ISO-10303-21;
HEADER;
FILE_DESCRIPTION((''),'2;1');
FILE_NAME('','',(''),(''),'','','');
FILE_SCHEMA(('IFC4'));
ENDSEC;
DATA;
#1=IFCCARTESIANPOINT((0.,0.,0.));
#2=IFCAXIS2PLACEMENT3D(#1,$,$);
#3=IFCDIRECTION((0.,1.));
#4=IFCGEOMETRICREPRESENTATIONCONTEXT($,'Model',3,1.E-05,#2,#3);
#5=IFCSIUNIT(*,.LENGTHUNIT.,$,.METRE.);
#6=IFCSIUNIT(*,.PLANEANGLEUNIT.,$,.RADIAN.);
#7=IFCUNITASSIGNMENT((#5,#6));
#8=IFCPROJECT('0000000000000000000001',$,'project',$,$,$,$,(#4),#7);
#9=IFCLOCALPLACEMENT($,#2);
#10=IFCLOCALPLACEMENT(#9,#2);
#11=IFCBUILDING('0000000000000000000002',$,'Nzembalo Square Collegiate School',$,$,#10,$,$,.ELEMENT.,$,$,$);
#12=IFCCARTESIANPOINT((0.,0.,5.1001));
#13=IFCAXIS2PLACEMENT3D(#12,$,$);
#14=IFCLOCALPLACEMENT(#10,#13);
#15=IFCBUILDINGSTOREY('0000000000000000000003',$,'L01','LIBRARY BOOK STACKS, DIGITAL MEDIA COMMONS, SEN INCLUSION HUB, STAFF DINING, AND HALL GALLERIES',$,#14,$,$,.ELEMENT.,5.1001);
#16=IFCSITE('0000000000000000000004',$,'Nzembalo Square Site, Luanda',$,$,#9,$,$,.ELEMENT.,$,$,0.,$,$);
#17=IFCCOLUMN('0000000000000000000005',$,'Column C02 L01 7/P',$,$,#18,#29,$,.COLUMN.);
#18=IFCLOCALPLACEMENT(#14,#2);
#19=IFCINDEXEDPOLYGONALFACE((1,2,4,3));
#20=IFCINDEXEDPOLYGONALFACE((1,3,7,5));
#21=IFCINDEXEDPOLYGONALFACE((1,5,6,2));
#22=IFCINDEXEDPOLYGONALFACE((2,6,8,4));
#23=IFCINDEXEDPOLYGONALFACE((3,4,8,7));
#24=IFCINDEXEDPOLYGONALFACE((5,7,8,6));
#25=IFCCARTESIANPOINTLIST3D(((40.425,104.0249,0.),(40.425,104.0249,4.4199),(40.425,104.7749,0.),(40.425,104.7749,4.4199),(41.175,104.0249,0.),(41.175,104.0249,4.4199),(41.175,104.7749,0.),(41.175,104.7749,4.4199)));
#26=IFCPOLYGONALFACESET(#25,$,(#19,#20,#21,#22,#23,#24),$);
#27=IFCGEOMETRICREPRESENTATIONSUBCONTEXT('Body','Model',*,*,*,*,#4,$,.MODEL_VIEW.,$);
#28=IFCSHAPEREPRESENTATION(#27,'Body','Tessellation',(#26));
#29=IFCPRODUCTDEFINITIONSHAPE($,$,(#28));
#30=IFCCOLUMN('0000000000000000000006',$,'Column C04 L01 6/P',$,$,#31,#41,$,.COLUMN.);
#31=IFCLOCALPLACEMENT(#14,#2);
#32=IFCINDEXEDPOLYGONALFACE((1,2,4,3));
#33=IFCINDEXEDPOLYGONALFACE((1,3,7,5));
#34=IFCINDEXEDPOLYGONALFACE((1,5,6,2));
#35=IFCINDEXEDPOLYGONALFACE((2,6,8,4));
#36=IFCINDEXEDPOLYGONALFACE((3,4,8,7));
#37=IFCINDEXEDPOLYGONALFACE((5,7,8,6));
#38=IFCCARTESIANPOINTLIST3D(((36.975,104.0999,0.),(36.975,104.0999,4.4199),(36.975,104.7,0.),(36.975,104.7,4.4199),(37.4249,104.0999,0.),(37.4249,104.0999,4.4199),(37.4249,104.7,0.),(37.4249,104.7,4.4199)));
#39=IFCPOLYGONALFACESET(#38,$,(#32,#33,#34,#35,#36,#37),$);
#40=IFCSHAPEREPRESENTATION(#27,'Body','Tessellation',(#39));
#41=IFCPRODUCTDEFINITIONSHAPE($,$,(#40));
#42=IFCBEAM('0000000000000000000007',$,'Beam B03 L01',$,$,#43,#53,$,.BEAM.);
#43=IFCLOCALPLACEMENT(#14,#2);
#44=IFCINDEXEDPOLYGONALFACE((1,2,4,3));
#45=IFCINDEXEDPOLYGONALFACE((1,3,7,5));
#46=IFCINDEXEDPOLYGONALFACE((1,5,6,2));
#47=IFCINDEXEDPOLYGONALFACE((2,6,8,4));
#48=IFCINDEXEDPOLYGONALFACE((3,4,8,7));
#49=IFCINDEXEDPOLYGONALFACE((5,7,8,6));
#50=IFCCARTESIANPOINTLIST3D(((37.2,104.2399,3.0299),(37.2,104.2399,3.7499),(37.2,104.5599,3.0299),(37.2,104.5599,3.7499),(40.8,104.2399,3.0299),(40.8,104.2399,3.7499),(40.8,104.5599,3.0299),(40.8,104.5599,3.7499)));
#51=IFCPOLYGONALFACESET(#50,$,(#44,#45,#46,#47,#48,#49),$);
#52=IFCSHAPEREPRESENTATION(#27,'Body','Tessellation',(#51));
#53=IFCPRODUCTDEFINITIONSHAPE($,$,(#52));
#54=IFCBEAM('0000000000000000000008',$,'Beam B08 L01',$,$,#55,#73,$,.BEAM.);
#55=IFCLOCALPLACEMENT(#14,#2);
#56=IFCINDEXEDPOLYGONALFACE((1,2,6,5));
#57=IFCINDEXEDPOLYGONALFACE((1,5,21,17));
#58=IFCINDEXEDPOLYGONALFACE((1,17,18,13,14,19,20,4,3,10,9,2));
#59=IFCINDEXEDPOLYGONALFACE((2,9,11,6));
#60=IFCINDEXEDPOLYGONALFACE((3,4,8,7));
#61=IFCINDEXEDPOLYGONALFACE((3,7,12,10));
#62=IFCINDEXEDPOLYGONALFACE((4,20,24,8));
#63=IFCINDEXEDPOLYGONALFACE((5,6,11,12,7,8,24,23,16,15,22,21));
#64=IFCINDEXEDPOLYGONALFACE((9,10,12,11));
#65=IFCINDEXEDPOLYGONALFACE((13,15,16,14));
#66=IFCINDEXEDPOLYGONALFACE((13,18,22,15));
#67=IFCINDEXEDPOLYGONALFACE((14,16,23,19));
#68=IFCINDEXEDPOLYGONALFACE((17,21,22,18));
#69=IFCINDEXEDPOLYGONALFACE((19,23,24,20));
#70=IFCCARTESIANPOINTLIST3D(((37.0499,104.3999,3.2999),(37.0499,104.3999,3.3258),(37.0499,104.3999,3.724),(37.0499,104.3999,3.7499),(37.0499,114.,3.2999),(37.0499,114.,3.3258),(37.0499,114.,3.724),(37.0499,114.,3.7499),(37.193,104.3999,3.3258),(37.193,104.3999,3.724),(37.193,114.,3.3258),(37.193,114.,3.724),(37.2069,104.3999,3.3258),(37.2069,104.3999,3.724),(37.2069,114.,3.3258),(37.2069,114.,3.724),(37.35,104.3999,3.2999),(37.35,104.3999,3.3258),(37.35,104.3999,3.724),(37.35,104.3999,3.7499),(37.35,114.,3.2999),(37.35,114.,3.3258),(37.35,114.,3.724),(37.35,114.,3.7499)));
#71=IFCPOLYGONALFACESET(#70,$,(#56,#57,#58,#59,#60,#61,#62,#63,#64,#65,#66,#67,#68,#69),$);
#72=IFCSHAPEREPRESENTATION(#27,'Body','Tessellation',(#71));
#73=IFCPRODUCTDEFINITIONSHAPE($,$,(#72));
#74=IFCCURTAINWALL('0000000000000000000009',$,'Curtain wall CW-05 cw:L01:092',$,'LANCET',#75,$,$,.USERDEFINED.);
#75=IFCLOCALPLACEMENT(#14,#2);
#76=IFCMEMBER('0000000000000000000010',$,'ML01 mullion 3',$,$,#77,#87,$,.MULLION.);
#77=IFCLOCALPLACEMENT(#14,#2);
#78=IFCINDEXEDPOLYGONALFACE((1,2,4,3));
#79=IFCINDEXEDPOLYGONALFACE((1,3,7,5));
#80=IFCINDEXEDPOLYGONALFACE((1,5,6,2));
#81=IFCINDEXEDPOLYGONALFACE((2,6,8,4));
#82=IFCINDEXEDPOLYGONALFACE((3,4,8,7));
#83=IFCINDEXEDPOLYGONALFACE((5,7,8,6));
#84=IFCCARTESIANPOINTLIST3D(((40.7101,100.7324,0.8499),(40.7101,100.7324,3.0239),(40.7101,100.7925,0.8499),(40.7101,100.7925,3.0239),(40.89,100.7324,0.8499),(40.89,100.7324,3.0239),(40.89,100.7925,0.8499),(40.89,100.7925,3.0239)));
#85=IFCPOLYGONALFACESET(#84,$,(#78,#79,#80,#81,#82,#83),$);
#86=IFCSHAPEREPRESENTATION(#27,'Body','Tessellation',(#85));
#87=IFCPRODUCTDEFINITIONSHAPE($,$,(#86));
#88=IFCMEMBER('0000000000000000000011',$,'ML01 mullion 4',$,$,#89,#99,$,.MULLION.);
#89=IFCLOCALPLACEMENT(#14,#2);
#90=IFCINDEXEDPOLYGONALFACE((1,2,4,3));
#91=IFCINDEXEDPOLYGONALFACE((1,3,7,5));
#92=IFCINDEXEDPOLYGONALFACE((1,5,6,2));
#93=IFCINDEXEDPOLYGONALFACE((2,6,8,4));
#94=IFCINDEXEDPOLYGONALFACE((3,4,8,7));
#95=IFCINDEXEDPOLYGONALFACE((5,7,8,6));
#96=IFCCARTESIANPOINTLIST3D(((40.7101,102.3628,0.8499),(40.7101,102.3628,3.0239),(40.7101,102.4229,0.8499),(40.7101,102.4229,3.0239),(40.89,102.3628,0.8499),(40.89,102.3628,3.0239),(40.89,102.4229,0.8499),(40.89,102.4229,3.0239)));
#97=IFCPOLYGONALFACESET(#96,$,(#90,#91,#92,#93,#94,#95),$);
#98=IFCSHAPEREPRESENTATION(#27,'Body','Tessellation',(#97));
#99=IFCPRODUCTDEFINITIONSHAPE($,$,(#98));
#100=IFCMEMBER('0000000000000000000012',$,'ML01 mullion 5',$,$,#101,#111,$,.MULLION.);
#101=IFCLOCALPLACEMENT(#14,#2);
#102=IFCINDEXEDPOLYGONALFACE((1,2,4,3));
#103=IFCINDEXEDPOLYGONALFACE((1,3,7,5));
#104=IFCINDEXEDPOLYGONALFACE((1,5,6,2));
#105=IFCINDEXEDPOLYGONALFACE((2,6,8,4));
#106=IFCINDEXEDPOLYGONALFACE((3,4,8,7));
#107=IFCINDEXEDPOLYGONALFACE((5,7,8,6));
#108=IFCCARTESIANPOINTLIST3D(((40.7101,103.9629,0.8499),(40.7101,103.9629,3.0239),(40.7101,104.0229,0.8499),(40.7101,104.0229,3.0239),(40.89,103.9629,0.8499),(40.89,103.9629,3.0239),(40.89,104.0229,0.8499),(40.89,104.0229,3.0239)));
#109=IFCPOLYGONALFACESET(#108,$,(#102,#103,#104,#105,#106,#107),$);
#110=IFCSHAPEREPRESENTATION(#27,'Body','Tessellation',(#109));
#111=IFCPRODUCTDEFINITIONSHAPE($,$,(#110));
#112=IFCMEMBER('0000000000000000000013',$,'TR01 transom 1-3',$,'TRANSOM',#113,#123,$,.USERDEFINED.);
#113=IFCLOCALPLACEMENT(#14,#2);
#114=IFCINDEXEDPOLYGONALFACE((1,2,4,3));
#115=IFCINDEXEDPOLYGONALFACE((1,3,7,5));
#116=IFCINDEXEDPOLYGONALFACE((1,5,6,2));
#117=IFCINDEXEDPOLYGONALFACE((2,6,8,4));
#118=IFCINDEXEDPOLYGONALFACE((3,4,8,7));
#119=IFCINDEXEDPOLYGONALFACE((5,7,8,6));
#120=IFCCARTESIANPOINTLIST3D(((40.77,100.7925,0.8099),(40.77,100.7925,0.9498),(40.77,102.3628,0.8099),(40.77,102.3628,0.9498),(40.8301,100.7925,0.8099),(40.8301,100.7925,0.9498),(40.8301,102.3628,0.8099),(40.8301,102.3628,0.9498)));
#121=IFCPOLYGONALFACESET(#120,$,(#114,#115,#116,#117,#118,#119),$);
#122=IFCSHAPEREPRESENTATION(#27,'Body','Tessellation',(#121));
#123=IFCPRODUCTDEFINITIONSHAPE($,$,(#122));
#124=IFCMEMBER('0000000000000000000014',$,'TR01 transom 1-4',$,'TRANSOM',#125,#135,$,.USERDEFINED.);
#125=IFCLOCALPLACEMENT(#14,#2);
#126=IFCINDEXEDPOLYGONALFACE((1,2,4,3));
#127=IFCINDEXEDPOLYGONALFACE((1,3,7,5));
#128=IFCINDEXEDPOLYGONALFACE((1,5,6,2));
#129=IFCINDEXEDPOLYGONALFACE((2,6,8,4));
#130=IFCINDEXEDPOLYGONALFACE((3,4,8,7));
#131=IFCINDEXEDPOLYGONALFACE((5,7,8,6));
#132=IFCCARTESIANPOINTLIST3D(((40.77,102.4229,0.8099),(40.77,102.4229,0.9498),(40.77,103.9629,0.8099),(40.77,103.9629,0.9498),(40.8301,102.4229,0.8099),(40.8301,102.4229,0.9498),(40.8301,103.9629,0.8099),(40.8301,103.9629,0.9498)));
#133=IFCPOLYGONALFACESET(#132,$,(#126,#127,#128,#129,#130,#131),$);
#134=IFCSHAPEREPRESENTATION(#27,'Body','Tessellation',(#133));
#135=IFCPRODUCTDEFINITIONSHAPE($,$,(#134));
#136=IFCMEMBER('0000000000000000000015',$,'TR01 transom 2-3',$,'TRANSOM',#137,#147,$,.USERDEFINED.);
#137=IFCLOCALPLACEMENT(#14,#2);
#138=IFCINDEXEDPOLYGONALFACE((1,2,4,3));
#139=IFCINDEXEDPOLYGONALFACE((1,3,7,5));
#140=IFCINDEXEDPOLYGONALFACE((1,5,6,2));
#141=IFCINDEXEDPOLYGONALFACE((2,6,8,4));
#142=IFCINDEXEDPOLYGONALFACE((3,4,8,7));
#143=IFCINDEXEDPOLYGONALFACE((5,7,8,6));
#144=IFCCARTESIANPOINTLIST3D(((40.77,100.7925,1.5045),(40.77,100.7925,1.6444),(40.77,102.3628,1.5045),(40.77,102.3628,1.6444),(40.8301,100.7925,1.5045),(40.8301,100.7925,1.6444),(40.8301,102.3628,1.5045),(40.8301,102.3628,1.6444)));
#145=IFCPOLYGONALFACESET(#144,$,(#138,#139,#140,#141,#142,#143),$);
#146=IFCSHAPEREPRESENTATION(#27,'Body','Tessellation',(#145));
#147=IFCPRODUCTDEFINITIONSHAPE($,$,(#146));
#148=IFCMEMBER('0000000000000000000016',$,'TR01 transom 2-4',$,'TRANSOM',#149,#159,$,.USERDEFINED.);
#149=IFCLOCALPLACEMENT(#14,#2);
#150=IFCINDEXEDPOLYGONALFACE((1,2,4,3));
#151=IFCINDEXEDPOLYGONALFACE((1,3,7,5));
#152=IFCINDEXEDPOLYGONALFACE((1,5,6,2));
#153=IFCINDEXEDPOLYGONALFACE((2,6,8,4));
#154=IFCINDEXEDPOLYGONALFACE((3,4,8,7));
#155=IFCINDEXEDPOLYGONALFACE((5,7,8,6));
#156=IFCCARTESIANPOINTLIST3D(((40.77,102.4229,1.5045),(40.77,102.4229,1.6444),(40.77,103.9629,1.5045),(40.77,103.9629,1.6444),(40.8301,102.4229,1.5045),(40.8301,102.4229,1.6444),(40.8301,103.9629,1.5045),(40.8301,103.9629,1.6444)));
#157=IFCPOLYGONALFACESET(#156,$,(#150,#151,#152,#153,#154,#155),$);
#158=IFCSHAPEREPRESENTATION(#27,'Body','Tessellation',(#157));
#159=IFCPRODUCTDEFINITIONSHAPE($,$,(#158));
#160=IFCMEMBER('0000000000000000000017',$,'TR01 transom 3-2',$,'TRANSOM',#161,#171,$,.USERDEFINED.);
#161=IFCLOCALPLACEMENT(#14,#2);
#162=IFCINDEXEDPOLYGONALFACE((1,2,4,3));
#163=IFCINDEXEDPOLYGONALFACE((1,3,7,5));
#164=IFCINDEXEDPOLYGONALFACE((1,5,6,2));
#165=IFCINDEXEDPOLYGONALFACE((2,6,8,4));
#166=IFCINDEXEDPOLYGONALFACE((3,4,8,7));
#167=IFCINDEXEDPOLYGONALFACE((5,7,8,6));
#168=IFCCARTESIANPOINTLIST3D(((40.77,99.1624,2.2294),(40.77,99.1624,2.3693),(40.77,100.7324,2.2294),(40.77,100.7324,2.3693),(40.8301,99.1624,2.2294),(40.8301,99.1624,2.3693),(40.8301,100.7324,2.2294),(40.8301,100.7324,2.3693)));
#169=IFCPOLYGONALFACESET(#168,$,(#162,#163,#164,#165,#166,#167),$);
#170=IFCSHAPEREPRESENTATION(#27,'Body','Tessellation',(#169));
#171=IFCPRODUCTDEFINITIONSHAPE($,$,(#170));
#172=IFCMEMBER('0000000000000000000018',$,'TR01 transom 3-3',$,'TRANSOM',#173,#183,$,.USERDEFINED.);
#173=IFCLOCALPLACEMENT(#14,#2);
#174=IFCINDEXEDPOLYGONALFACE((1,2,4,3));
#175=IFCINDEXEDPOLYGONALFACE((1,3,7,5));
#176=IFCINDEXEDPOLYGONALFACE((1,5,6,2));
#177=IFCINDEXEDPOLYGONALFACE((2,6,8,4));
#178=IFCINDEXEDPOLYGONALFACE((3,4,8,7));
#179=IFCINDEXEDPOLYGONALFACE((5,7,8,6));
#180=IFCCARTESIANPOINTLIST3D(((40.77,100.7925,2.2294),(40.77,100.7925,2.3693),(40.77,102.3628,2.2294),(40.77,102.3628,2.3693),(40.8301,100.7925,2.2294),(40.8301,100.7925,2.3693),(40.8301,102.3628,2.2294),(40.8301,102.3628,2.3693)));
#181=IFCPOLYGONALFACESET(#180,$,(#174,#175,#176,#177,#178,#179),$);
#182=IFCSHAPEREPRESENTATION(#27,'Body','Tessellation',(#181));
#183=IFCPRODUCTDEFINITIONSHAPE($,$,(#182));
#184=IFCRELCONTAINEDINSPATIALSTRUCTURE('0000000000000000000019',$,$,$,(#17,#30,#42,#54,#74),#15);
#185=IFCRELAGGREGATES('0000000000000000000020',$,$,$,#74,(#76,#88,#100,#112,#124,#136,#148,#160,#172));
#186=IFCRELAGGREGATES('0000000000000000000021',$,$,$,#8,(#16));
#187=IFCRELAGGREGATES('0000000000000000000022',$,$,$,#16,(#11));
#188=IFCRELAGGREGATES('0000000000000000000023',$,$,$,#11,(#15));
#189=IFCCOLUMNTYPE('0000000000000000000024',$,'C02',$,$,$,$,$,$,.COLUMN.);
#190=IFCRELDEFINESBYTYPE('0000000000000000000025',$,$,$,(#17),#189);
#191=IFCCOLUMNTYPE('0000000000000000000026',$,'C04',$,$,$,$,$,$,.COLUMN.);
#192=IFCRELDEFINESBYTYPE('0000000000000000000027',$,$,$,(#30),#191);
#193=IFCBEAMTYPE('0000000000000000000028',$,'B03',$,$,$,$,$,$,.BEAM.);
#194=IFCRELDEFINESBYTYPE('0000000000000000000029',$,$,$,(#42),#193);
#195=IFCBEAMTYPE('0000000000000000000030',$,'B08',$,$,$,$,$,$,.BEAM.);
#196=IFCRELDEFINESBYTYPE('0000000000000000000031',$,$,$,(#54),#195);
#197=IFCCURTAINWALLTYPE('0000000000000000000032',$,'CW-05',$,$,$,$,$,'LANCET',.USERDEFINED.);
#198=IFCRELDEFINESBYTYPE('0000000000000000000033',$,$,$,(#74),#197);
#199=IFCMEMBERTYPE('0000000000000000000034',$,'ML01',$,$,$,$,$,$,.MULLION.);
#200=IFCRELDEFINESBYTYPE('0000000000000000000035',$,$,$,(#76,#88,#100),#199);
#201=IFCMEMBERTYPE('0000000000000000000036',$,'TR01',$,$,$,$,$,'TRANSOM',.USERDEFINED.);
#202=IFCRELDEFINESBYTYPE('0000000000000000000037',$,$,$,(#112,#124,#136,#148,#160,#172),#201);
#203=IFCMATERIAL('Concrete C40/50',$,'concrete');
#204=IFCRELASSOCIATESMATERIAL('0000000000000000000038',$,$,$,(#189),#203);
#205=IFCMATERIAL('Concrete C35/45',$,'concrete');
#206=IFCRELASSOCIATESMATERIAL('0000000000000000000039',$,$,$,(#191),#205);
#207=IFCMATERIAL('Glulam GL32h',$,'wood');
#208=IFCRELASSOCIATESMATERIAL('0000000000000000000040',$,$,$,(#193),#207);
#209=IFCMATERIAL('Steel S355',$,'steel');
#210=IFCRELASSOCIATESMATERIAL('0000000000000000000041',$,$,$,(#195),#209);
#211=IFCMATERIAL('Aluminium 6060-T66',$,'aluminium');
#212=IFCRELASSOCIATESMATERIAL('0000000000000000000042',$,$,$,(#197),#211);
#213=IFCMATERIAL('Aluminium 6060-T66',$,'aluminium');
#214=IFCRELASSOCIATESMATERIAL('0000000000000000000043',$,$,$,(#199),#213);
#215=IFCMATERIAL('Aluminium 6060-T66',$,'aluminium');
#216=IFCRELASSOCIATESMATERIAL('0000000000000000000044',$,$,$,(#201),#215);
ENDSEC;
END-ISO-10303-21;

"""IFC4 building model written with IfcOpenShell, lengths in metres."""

from ifc_helpers import new_model, si_unit, direction, frame, origin, origin_2d, place, context, subcontext, project, spatial, rectangle, i_section, extrude, material, material_profile, profile_set, type_object, element, aggregate, save


model = new_model("IFC4")

# Units and contexts
model_context = context("Model", 3, precision=1e-05, world=origin(), true_north=direction((0.0, 1.0)))
body_context = subcontext(model_context, "Body", "Model", "MODEL_VIEW")
ifc_project = project(units=[si_unit("LENGTHUNIT", "METRE"), si_unit("PLANEANGLEUNIT", "RADIAN")], contexts=[model_context])

# Site, building, storey
site_placement = place(None, origin())
site = spatial("IfcSite", under=ifc_project, at=site_placement, Name="Nzembalo Square Site, Luanda", CompositionType="ELEMENT", RefElevation=0.0)
building_placement = place(site_placement, origin())
building = spatial("IfcBuilding", under=site, at=building_placement, Name="Nzembalo Square Collegiate School", CompositionType="ELEMENT")
storey_placement = place(building_placement, frame((0.0, 0.0, 5.1001)))
storey = spatial("IfcBuildingStorey", under=building, at=storey_placement, Name="L01", Description="LIBRARY BOOK STACKS, DIGITAL MEDIA COMMONS, SEN INCLUSION HUB, STAFF DINING, AND HALL GALLERIES", CompositionType="ELEMENT", Elevation=5.1001)

# Columns
ifc_material_1 = material(Name="Concrete C40/50", Category="concrete")
ifc_material_profile_1 = material_profile(ifc_material_1, rectangle(XDim=0.75, YDim=0.75, at=origin_2d()), Name="RC 750x750")
ifc_profile_set_1 = profile_set([ifc_material_profile_1], Name="Concrete C40/50")
column_type_1 = type_object("IfcColumnType", Name="C02", PredefinedType="COLUMN", material=ifc_profile_set_1)
column_1_placement = place(storey_placement, frame((40.8, 104.3999, 0.0), z_axis=(0.0, 0.0, 1.0), x_axis=(1.0, 0.0, 0.0)))
element("IfcColumn", 1, at=column_1_placement, inside=storey, type_object=column_type_1, Name="Column C02 L01 7/P", PredefinedType="COLUMN", context=body_context, shape_type="SweptSolid", body=[
    extrude(rectangle(XDim=0.75, YDim=0.75, at=origin_2d()), origin(), (0.0, 0.0, 1.0), 4.4199),
])
ifc_material_2 = material(Name="Concrete C35/45", Category="concrete")
ifc_material_profile_2 = material_profile(ifc_material_2, rectangle(XDim=0.45, YDim=0.6001, at=origin_2d()), Name="RC 450x600")
ifc_profile_set_2 = profile_set([ifc_material_profile_2], Name="Concrete C35/45")
column_type_2 = type_object("IfcColumnType", Name="C04", PredefinedType="COLUMN", material=ifc_profile_set_2)
column_2_placement = place(storey_placement, frame((37.2, 104.3999, 0.0), z_axis=(0.0, 0.0, 1.0), x_axis=(1.0, 0.0, 0.0)))
element("IfcColumn", 2, at=column_2_placement, inside=storey, type_object=column_type_2, Name="Column C04 L01 6/P", PredefinedType="COLUMN", context=body_context, shape_type="SweptSolid", body=[
    extrude(rectangle(XDim=0.45, YDim=0.6001, at=origin_2d()), origin(), (0.0, 0.0, 1.0), 4.4199),
])

# Beams
ifc_material_3 = material(Name="Glulam GL32h", Category="wood")
ifc_material_profile_3 = material_profile(ifc_material_3, rectangle(XDim=0.3201, YDim=0.72, at=origin_2d()), Name="GL32h 320x720")
ifc_profile_set_3 = profile_set([ifc_material_profile_3], Name="Glulam GL32h")
beam_type_1 = type_object("IfcBeamType", Name="B03", PredefinedType="BEAM", material=ifc_profile_set_3)
beam_1_placement = place(storey_placement, frame((37.2, 104.3999, 3.3899), z_axis=(1.0, 0.0, 0.0), x_axis=(0.0, 1.0, 0.0)))
element("IfcBeam", 3, at=beam_1_placement, inside=storey, type_object=beam_type_1, Name="Beam B03 L01", PredefinedType="BEAM", context=body_context, shape_type="SweptSolid", body=[
    extrude(rectangle(XDim=0.3201, YDim=0.72, at=origin_2d()), origin(), (0.0, 0.0, 1.0), 3.6001),
])
ifc_material_4 = material(Name="Steel S355", Category="steel")
ifc_material_profile_4 = material_profile(ifc_material_4, i_section(OverallWidth=0.3, OverallDepth=0.45, WebThickness=0.0139, FlangeThickness=0.0259, at=origin_2d()), Name="HEB 450")
ifc_profile_set_4 = profile_set([ifc_material_profile_4], Name="Steel S355")
beam_type_2 = type_object("IfcBeamType", Name="B08", PredefinedType="BEAM", material=ifc_profile_set_4)
beam_2_placement = place(storey_placement, frame((37.2, 104.3999, 3.5249), z_axis=(0.0, 1.0, 0.0), x_axis=(-1.0, 0.0, 0.0)))
element("IfcBeam", 4, at=beam_2_placement, inside=storey, type_object=beam_type_2, Name="Beam B08 L01", PredefinedType="BEAM", context=body_context, shape_type="SweptSolid", body=[
    extrude(i_section(OverallWidth=0.3, OverallDepth=0.45, WebThickness=0.0139, FlangeThickness=0.0259, at=origin_2d()), origin(), (0.0, 0.0, 1.0), 9.6001),
])

# Curtain wall, members
ifc_material_5 = material(Name="Aluminium 6060-T66", Category="aluminium")
curtain_wall_type = type_object("IfcCurtainWallType", Name="CW-05", ElementType="LANCET", PredefinedType="USERDEFINED", material=ifc_material_5)
curtain_wall_placement = place(storey_placement, origin())
curtain_wall = element("IfcCurtainWall", 5, at=curtain_wall_placement, inside=storey, type_object=curtain_wall_type, Name="Curtain wall CW-05 cw:L01:092", ObjectType="LANCET", PredefinedType="USERDEFINED")
ifc_material_6 = material(Name="Aluminium 6060-T66", Category="aluminium")
ifc_material_profile_5 = material_profile(ifc_material_6, rectangle(XDim=0.0601, YDim=0.1799, at=origin_2d()), Name="ALU M60x180")
ifc_profile_set_5 = profile_set([ifc_material_profile_5], Name="Aluminium 6060-T66")
member_type_1 = type_object("IfcMemberType", Name="ML01", PredefinedType="MULLION", material=ifc_profile_set_5)
member_1_placement = place(storey_placement, frame((40.8, 100.7625, 0.8499), z_axis=(0.0, 0.0, 1.0), x_axis=(0.0, 1.0, 0.0)))
member_1 = element("IfcMember", 6, at=member_1_placement, type_object=member_type_1, Name="ML01 mullion 3", PredefinedType="MULLION", context=body_context, shape_type="SweptSolid", body=[
    extrude(rectangle(XDim=0.0601, YDim=0.1799, at=origin_2d()), origin(), (0.0, 0.0, 1.0), 2.1741),
])
member_2_placement = place(storey_placement, frame((40.8, 102.3928, 0.8499), z_axis=(0.0, 0.0, 1.0), x_axis=(0.0, 1.0, 0.0)))
member_2 = element("IfcMember", 7, at=member_2_placement, type_object=member_type_1, Name="ML01 mullion 4", PredefinedType="MULLION", context=body_context, shape_type="SweptSolid", body=[
    extrude(rectangle(XDim=0.0601, YDim=0.1799, at=origin_2d()), origin(), (0.0, 0.0, 1.0), 2.1741),
])
member_3_placement = place(storey_placement, frame((40.8, 103.9929, 0.8499), z_axis=(0.0, 0.0, 1.0), x_axis=(0.0, 1.0, 0.0)))
member_3 = element("IfcMember", 8, at=member_3_placement, type_object=member_type_1, Name="ML01 mullion 5", PredefinedType="MULLION", context=body_context, shape_type="SweptSolid", body=[
    extrude(rectangle(XDim=0.0601, YDim=0.1799, at=origin_2d()), origin(), (0.0, 0.0, 1.0), 2.1741),
])
ifc_material_7 = material(Name="Aluminium 6060-T66", Category="aluminium")
ifc_material_profile_6 = material_profile(ifc_material_7, rectangle(XDim=0.0601, YDim=0.1399, at=origin_2d()), Name="ALU T60x140")
ifc_profile_set_6 = profile_set([ifc_material_profile_6], Name="Aluminium 6060-T66")
member_type_2 = type_object("IfcMemberType", Name="TR01", ElementType="TRANSOM", PredefinedType="USERDEFINED", material=ifc_profile_set_6)
member_4_placement = place(storey_placement, frame((40.8, 100.7925, 0.8799), z_axis=(0.0, 1.0, 0.0), x_axis=(-1.0, 0.0, 0.0)))
member_4 = element("IfcMember", 9, at=member_4_placement, type_object=member_type_2, Name="TR01 transom 1-3", ObjectType="TRANSOM", PredefinedType="USERDEFINED", context=body_context, shape_type="SweptSolid", body=[
    extrude(rectangle(XDim=0.0601, YDim=0.1399, at=origin_2d()), origin(), (0.0, 0.0, 1.0), 1.5703),
])
member_5_placement = place(storey_placement, frame((40.8, 102.4229, 0.8799), z_axis=(0.0, 1.0, 0.0), x_axis=(-1.0, 0.0, 0.0)))
member_5 = element("IfcMember", 10, at=member_5_placement, type_object=member_type_2, Name="TR01 transom 1-4", ObjectType="TRANSOM", PredefinedType="USERDEFINED", context=body_context, shape_type="SweptSolid", body=[
    extrude(rectangle(XDim=0.0601, YDim=0.1399, at=origin_2d()), origin(), (0.0, 0.0, 1.0), 1.54),
])
member_6_placement = place(storey_placement, frame((40.8, 100.7925, 1.5745), z_axis=(0.0, 1.0, 0.0), x_axis=(-1.0, 0.0, 0.0)))
member_6 = element("IfcMember", 11, at=member_6_placement, type_object=member_type_2, Name="TR01 transom 2-3", ObjectType="TRANSOM", PredefinedType="USERDEFINED", context=body_context, shape_type="SweptSolid", body=[
    extrude(rectangle(XDim=0.0601, YDim=0.1399, at=origin_2d()), origin(), (0.0, 0.0, 1.0), 1.5703),
])
member_7_placement = place(storey_placement, frame((40.8, 102.4229, 1.5745), z_axis=(0.0, 1.0, 0.0), x_axis=(-1.0, 0.0, 0.0)))
member_7 = element("IfcMember", 12, at=member_7_placement, type_object=member_type_2, Name="TR01 transom 2-4", ObjectType="TRANSOM", PredefinedType="USERDEFINED", context=body_context, shape_type="SweptSolid", body=[
    extrude(rectangle(XDim=0.0601, YDim=0.1399, at=origin_2d()), origin(), (0.0, 0.0, 1.0), 1.54),
])
member_8_placement = place(storey_placement, frame((40.8, 99.1624, 2.2993), z_axis=(0.0, 1.0, 0.0), x_axis=(-1.0, 0.0, 0.0)))
member_8 = element("IfcMember", 13, at=member_8_placement, type_object=member_type_2, Name="TR01 transom 3-2", ObjectType="TRANSOM", PredefinedType="USERDEFINED", context=body_context, shape_type="SweptSolid", body=[
    extrude(rectangle(XDim=0.0601, YDim=0.1399, at=origin_2d()), origin(), (0.0, 0.0, 1.0), 1.5701),
])
member_9_placement = place(storey_placement, frame((40.8, 100.7925, 2.2993), z_axis=(0.0, 1.0, 0.0), x_axis=(-1.0, 0.0, 0.0)))
member_9 = element("IfcMember", 14, at=member_9_placement, type_object=member_type_2, Name="TR01 transom 3-3", ObjectType="TRANSOM", PredefinedType="USERDEFINED", context=body_context, shape_type="SweptSolid", body=[
    extrude(rectangle(XDim=0.0601, YDim=0.1399, at=origin_2d()), origin(), (0.0, 0.0, 1.0), 1.5703),
])
aggregate(curtain_wall, [member_1, member_2, member_3, member_4, member_5, member_6, member_7, member_8, member_9])

save(model, "model.ifc")
